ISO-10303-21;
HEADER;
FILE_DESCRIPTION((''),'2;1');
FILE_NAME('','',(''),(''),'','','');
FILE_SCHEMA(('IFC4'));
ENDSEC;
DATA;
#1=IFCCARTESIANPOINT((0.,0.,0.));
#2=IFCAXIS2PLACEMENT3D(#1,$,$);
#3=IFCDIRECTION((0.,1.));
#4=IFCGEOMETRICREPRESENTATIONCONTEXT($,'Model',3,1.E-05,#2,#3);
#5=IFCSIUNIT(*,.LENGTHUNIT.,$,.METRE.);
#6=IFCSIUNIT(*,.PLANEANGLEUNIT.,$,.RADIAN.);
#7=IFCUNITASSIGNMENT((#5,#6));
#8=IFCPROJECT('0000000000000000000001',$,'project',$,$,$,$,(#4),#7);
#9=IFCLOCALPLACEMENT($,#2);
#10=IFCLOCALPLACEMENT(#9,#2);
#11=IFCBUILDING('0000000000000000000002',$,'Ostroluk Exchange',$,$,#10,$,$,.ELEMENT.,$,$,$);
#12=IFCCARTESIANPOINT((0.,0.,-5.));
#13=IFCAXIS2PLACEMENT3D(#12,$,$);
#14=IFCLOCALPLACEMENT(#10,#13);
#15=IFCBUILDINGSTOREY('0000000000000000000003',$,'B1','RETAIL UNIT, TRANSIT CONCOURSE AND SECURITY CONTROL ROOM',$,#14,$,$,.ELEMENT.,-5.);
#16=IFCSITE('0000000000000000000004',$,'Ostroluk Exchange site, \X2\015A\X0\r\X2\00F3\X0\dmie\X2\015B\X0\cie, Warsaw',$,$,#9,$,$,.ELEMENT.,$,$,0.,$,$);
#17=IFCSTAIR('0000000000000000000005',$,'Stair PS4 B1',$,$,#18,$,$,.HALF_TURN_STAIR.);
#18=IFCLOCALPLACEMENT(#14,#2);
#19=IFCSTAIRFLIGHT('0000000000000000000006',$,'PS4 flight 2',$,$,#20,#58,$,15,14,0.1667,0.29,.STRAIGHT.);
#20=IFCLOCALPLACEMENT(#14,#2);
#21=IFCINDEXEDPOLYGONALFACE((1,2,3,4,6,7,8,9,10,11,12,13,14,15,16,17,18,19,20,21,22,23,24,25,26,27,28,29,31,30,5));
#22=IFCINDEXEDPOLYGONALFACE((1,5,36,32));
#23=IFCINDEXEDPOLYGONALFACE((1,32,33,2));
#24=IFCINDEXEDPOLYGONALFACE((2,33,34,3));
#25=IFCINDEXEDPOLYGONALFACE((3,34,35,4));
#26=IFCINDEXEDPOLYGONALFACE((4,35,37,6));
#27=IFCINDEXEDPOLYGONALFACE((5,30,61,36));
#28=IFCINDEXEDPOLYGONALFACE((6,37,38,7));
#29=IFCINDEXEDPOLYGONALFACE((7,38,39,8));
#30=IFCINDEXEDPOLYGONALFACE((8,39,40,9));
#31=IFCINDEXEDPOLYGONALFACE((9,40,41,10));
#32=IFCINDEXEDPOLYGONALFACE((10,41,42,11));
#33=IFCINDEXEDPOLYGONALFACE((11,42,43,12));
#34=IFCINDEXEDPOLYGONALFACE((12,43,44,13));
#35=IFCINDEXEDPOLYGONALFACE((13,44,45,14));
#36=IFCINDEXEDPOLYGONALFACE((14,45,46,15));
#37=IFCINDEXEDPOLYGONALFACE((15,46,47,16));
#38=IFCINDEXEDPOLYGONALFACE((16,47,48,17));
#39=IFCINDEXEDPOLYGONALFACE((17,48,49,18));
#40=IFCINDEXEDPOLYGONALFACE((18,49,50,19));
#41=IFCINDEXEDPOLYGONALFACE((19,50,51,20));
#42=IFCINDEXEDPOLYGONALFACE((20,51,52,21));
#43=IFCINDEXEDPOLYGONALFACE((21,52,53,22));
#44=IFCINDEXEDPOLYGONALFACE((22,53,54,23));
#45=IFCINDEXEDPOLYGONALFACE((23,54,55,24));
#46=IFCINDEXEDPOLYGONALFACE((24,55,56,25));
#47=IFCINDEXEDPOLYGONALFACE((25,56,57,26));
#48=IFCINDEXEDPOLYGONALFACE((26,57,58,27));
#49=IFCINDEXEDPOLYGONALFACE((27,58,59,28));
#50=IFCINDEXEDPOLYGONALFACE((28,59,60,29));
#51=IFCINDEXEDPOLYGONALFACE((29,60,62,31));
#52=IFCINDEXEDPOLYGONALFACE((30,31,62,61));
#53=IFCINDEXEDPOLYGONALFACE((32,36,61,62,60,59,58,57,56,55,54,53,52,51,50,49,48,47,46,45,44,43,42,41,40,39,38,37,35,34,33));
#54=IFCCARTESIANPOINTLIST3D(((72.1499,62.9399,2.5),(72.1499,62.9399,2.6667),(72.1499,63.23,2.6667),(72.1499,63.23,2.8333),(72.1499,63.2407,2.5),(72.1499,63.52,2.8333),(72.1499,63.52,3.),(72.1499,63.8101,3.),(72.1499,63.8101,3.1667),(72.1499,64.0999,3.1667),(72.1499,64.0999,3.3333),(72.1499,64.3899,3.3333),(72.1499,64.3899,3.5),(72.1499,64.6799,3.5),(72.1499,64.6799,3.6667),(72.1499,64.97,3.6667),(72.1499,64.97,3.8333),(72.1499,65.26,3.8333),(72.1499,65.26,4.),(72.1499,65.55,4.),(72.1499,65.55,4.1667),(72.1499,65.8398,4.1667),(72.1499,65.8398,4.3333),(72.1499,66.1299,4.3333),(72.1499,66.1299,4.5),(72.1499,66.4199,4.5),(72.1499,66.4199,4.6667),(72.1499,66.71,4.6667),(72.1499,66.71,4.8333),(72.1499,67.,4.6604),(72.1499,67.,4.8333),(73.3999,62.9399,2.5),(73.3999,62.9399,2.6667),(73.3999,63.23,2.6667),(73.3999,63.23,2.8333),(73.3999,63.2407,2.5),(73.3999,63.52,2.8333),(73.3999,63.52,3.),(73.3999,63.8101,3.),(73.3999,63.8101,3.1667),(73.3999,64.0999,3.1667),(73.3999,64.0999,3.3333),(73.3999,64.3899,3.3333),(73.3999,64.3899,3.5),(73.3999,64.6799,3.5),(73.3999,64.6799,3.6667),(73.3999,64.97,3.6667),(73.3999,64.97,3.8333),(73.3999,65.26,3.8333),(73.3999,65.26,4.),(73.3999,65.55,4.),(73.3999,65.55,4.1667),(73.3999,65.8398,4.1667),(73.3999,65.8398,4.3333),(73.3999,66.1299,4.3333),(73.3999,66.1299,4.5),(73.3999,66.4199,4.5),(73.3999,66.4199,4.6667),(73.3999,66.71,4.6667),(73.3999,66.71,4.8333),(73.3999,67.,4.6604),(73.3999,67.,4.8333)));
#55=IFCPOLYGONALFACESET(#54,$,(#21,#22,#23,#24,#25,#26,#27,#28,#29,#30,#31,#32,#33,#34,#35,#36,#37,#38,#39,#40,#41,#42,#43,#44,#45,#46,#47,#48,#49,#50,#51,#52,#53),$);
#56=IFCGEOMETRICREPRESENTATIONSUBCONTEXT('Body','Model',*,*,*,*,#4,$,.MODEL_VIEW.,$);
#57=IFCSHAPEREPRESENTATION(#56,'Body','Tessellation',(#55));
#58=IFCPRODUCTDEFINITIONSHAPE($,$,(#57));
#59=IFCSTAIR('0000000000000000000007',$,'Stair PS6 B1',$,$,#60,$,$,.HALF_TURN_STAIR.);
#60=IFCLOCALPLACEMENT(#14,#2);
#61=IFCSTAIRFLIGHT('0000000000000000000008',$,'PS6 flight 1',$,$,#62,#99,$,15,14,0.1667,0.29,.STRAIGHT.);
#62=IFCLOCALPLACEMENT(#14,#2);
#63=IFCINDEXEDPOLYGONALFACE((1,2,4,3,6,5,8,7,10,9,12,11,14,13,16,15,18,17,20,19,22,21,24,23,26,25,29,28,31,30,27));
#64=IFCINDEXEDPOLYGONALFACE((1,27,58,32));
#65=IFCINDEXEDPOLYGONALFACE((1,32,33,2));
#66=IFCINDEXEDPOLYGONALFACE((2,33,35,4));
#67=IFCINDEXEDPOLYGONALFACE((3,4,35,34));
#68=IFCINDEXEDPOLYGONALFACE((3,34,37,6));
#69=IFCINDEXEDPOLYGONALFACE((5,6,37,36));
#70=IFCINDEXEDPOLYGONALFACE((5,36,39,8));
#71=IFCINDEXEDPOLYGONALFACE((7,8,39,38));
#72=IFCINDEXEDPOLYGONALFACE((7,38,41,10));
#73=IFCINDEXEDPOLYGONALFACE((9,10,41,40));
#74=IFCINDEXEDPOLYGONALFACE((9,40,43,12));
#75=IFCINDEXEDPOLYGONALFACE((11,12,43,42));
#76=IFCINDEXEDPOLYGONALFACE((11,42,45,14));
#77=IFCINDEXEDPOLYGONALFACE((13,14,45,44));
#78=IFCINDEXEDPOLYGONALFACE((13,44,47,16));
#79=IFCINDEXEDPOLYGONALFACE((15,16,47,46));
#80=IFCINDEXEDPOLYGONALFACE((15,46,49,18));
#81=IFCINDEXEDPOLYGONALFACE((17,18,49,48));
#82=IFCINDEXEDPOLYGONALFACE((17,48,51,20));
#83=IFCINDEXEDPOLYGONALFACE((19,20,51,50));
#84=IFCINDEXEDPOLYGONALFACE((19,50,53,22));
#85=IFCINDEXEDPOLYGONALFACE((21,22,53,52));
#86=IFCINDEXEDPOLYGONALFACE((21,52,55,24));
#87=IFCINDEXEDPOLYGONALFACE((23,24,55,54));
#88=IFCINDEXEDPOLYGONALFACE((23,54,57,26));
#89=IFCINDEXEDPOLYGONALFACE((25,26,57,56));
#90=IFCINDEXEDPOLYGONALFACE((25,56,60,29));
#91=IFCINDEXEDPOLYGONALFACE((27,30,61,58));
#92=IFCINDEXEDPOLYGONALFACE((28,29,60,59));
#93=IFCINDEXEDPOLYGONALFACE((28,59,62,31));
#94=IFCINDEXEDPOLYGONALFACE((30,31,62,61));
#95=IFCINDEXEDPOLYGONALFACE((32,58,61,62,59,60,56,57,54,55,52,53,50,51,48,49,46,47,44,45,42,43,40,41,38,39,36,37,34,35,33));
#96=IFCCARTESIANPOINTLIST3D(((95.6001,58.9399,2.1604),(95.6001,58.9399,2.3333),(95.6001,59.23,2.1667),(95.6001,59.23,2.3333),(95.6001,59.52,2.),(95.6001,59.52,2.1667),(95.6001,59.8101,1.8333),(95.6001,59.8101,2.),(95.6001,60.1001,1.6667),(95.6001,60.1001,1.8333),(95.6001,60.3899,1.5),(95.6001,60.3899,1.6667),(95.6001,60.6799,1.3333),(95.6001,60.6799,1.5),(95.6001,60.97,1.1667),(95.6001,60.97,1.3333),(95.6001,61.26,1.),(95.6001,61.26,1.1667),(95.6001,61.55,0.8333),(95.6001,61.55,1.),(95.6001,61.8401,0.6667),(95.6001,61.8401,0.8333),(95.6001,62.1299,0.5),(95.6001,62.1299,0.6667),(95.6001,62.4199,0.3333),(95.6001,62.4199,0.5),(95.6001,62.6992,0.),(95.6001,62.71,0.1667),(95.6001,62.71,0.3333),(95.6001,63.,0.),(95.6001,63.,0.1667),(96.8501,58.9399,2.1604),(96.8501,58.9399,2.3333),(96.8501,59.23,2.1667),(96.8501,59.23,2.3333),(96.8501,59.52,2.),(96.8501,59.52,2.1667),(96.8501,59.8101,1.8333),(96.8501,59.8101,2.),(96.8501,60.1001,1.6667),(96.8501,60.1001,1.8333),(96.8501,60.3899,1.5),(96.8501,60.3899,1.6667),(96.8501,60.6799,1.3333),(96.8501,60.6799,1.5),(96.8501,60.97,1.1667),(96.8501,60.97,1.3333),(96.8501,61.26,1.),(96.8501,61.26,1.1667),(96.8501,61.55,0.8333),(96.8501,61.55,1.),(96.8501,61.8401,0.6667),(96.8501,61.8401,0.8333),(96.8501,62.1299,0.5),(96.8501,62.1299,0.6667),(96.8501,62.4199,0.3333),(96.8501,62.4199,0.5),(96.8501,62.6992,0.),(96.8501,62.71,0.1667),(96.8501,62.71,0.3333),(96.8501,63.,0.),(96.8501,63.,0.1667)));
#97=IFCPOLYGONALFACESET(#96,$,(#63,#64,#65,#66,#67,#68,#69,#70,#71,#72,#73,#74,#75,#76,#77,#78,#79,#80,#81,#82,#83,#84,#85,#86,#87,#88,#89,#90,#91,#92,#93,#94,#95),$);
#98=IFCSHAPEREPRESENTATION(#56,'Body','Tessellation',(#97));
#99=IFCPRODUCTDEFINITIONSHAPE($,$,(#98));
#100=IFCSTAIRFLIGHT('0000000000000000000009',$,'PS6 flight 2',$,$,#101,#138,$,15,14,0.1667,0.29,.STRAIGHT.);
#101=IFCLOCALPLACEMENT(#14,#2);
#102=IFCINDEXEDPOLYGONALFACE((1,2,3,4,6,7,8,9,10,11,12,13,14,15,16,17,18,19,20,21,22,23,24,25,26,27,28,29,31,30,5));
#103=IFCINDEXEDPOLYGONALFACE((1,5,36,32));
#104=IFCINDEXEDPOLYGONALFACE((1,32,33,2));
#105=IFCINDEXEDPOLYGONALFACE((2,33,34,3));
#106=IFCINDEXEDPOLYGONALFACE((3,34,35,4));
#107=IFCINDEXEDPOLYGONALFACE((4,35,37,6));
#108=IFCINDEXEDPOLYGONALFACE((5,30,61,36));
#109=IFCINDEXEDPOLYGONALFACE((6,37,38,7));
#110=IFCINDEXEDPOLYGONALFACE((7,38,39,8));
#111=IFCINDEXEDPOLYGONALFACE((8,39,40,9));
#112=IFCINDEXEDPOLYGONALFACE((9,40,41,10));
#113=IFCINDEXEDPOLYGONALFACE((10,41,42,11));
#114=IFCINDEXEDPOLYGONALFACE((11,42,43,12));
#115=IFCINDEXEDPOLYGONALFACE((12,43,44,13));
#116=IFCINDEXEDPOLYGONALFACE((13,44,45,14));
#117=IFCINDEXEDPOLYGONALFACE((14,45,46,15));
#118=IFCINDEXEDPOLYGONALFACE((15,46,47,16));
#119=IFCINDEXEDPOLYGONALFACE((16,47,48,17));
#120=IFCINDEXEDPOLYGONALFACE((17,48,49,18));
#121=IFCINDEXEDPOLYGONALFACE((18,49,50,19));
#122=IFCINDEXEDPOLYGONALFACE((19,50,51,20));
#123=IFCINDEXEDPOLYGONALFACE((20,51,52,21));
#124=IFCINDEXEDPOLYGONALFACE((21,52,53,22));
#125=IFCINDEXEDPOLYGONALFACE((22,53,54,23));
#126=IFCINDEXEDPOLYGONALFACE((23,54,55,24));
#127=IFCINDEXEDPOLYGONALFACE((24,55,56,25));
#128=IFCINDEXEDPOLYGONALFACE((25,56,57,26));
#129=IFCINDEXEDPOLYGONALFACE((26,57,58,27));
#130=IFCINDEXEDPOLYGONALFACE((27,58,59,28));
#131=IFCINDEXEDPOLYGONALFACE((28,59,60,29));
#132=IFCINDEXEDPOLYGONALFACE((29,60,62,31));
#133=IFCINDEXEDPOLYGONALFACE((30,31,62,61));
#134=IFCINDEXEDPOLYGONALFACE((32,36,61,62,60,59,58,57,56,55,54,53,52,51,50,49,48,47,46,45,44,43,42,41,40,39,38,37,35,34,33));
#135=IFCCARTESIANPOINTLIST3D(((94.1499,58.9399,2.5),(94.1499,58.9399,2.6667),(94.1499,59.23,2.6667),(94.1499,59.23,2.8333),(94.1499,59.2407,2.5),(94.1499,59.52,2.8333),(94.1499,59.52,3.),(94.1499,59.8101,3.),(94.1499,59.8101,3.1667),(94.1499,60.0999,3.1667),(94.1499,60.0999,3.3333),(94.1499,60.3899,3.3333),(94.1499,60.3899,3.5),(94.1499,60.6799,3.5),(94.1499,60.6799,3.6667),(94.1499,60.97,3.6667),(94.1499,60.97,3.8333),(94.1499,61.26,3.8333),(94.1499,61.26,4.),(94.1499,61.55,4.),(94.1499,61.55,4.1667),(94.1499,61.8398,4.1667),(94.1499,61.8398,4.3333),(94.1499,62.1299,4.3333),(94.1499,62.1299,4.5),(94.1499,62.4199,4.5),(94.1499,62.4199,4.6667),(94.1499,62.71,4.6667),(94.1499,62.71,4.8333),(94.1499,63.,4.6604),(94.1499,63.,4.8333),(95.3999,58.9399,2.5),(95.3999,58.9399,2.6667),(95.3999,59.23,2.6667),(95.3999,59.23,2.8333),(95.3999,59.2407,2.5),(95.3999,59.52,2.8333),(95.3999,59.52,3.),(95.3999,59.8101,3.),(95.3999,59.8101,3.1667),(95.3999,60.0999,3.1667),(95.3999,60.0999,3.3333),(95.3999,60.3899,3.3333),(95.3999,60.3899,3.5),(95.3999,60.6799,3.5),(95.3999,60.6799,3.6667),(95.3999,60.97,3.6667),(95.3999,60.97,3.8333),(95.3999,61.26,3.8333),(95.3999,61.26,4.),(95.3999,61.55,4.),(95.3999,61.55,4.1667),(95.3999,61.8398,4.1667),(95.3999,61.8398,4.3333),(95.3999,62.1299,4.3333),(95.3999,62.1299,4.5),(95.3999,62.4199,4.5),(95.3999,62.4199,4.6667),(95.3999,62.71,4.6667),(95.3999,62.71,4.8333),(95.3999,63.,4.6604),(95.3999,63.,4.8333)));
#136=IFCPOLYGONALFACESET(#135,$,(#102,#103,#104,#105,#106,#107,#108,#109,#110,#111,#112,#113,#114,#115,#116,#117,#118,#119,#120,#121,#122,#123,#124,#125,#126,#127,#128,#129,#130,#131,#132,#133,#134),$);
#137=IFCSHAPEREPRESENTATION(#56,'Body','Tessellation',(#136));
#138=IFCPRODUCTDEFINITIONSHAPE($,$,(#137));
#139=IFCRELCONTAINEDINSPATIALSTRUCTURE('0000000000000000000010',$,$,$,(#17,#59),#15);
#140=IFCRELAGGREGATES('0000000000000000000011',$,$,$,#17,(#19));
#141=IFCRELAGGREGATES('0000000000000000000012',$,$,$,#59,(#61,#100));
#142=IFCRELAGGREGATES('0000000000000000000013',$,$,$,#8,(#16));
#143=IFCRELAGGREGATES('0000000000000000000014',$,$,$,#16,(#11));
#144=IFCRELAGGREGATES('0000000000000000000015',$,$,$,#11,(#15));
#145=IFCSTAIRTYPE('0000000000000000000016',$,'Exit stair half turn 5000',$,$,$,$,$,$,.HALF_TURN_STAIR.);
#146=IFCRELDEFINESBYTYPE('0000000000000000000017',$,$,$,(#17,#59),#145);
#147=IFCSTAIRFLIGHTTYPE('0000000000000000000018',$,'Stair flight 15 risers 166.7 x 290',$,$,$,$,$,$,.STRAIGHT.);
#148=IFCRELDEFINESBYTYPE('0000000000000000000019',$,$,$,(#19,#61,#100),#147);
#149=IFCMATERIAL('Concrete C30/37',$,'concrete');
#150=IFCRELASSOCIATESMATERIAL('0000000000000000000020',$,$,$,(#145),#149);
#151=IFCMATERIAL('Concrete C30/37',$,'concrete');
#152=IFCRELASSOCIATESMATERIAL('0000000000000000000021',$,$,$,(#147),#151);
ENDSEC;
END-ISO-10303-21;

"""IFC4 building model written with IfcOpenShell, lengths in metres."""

from ifc_helpers import new_model, si_unit, direction, frame, origin, place, context, subcontext, project, spatial, polyline, outline, extrude, material, type_object, element, aggregate, save


model = new_model("IFC4")

# Units and contexts
model_context = context("Model", 3, precision=1e-05, world=origin(), true_north=direction((0.0, 1.0)))
body_context = subcontext(model_context, "Body", "Model", "MODEL_VIEW")
ifc_project = project(units=[si_unit("LENGTHUNIT", "METRE"), si_unit("PLANEANGLEUNIT", "RADIAN")], contexts=[model_context])

# Site, building, storey
site_placement = place(None, origin())
site = spatial("IfcSite", under=ifc_project, at=site_placement, Name="Ostroluk Exchange site, Śródmieście, Warsaw", CompositionType="ELEMENT", RefElevation=0.0)
building_placement = place(site_placement, origin())
building = spatial("IfcBuilding", under=site, at=building_placement, Name="Ostroluk Exchange", CompositionType="ELEMENT")
storey_placement = place(building_placement, frame((0.0, 0.0, -5.0)))
storey = spatial("IfcBuildingStorey", under=building, at=storey_placement, Name="B1", Description="RETAIL UNIT, TRANSIT CONCOURSE AND SECURITY CONTROL ROOM", CompositionType="ELEMENT", Elevation=-5.0)

# Stair, stair flight
ifc_material_1 = material(Name="Concrete C30/37", Category="concrete")
stair_type = type_object("IfcStairType", Name="Exit stair half turn 5000", PredefinedType="HALF_TURN_STAIR", material=ifc_material_1)
stair_1_placement = place(storey_placement, origin())
stair_1 = element("IfcStair", 1, at=stair_1_placement, inside=storey, type_object=stair_type, Name="Stair PS4 B1", PredefinedType="HALF_TURN_STAIR")
ifc_material_2 = material(Name="Concrete C30/37", Category="concrete")
stair_flight_type = type_object("IfcStairFlightType", Name="Stair flight 15 risers 166.7 x 290", PredefinedType="STRAIGHT", material=ifc_material_2)
stair_flight_1_placement = place(storey_placement, frame((72.7749, 62.9399, 2.5), z_axis=(0.0, 0.0, 1.0), x_axis=(0.0, 1.0, 0.0)))
stair_flight_1 = element("IfcStairFlight", 2, at=stair_flight_1_placement, type_object=stair_flight_type, Name="PS4 flight 2", NumberOfRisers=15, NumberOfTreads=14, PredefinedType="STRAIGHT", RiserHeight=0.1667, TreadLength=0.29, context=body_context, shape_type="SweptSolid", body=[
    extrude(outline(polyline([(0.0, 0.0), (0.0, 0.1667), (0.29, 0.1667), (0.29, 0.3333), (0.5801, 0.3333), (0.5801, 0.5), (0.8701, 0.5), (0.8701, 0.6667), (1.1599, 0.6667), (1.1599, 0.8333), (1.45, 0.8333), (1.45, 1.0), (1.74, 1.0), (1.74, 1.1667), (2.03, 1.1667), (2.03, 1.3333), (2.3201, 1.3333), (2.3201, 1.5), (2.6101, 1.5), (2.6101, 1.6667), (2.8999, 1.6667), (2.8999, 1.8333), (3.1899, 1.8333), (3.1899, 2.0), (3.48, 2.0), (3.48, 2.1667), (3.77, 2.1667), (3.77, 2.3333), (4.0601, 2.3333), (4.0601, 2.5), (4.0601, 2.1604), (0.3008, 0.0), (0.0, 0.0)])), frame((0.0, 0.625, 0.0), z_axis=(0.0, -1.0, 0.0), x_axis=(1.0, 0.0, 0.0)), (0.0, 0.0, 1.0), 1.25),
])
aggregate(stair_1, [stair_flight_1])

# Stair, stair flights
stair_2_placement = place(storey_placement, origin())
stair_2 = element("IfcStair", 3, at=stair_2_placement, inside=storey, type_object=stair_type, Name="Stair PS6 B1", PredefinedType="HALF_TURN_STAIR")
stair_flight_2_placement = place(storey_placement, frame((96.2251, 63.0, 0.0), z_axis=(0.0, 0.0, 1.0), x_axis=(0.0, -1.0, 0.0)))
stair_flight_2 = element("IfcStairFlight", 4, at=stair_flight_2_placement, type_object=stair_flight_type, Name="PS6 flight 1", NumberOfRisers=15, NumberOfTreads=14, PredefinedType="STRAIGHT", RiserHeight=0.1667, TreadLength=0.29, context=body_context, shape_type="SweptSolid", body=[
    extrude(outline(polyline([(0.0, 0.0), (0.0, 0.1667), (0.29, 0.1667), (0.29, 0.3333), (0.5801, 0.3333), (0.5801, 0.5), (0.8701, 0.5), (0.8701, 0.6667), (1.1599, 0.6667), (1.1599, 0.8333), (1.45, 0.8333), (1.45, 1.0), (1.74, 1.0), (1.74, 1.1667), (2.03, 1.1667), (2.03, 1.3333), (2.3201, 1.3333), (2.3201, 1.5), (2.6101, 1.5), (2.6101, 1.6667), (2.8999, 1.6667), (2.8999, 1.8333), (3.1899, 1.8333), (3.1899, 2.0), (3.48, 2.0), (3.48, 2.1667), (3.77, 2.1667), (3.77, 2.3333), (4.0601, 2.3333), (4.0601, 2.5), (4.0601, 2.1604), (0.3008, 0.0), (0.0, 0.0)])), frame((0.0, 0.625, 0.0), z_axis=(0.0, -1.0, 0.0), x_axis=(1.0, 0.0, 0.0)), (0.0, 0.0, 1.0), 1.25),
])
stair_flight_3_placement = place(storey_placement, frame((94.7749, 58.9399, 2.5), z_axis=(0.0, 0.0, 1.0), x_axis=(0.0, 1.0, 0.0)))
stair_flight_3 = element("IfcStairFlight", 5, at=stair_flight_3_placement, type_object=stair_flight_type, Name="PS6 flight 2", NumberOfRisers=15, NumberOfTreads=14, PredefinedType="STRAIGHT", RiserHeight=0.1667, TreadLength=0.29, context=body_context, shape_type="SweptSolid", body=[
    extrude(outline(polyline([(0.0, 0.0), (0.0, 0.1667), (0.29, 0.1667), (0.29, 0.3333), (0.5801, 0.3333), (0.5801, 0.5), (0.8701, 0.5), (0.8701, 0.6667), (1.1599, 0.6667), (1.1599, 0.8333), (1.45, 0.8333), (1.45, 1.0), (1.74, 1.0), (1.74, 1.1667), (2.03, 1.1667), (2.03, 1.3333), (2.3201, 1.3333), (2.3201, 1.5), (2.6101, 1.5), (2.6101, 1.6667), (2.8999, 1.6667), (2.8999, 1.8333), (3.1899, 1.8333), (3.1899, 2.0), (3.48, 2.0), (3.48, 2.1667), (3.77, 2.1667), (3.77, 2.3333), (4.0601, 2.3333), (4.0601, 2.5), (4.0601, 2.1604), (0.3008, 0.0), (0.0, 0.0)])), frame((0.0, 0.625, 0.0), z_axis=(0.0, -1.0, 0.0), x_axis=(1.0, 0.0, 0.0)), (0.0, 0.0, 1.0), 1.25),
])
aggregate(stair_2, [stair_flight_2, stair_flight_3])

save(model, "model.ifc")
